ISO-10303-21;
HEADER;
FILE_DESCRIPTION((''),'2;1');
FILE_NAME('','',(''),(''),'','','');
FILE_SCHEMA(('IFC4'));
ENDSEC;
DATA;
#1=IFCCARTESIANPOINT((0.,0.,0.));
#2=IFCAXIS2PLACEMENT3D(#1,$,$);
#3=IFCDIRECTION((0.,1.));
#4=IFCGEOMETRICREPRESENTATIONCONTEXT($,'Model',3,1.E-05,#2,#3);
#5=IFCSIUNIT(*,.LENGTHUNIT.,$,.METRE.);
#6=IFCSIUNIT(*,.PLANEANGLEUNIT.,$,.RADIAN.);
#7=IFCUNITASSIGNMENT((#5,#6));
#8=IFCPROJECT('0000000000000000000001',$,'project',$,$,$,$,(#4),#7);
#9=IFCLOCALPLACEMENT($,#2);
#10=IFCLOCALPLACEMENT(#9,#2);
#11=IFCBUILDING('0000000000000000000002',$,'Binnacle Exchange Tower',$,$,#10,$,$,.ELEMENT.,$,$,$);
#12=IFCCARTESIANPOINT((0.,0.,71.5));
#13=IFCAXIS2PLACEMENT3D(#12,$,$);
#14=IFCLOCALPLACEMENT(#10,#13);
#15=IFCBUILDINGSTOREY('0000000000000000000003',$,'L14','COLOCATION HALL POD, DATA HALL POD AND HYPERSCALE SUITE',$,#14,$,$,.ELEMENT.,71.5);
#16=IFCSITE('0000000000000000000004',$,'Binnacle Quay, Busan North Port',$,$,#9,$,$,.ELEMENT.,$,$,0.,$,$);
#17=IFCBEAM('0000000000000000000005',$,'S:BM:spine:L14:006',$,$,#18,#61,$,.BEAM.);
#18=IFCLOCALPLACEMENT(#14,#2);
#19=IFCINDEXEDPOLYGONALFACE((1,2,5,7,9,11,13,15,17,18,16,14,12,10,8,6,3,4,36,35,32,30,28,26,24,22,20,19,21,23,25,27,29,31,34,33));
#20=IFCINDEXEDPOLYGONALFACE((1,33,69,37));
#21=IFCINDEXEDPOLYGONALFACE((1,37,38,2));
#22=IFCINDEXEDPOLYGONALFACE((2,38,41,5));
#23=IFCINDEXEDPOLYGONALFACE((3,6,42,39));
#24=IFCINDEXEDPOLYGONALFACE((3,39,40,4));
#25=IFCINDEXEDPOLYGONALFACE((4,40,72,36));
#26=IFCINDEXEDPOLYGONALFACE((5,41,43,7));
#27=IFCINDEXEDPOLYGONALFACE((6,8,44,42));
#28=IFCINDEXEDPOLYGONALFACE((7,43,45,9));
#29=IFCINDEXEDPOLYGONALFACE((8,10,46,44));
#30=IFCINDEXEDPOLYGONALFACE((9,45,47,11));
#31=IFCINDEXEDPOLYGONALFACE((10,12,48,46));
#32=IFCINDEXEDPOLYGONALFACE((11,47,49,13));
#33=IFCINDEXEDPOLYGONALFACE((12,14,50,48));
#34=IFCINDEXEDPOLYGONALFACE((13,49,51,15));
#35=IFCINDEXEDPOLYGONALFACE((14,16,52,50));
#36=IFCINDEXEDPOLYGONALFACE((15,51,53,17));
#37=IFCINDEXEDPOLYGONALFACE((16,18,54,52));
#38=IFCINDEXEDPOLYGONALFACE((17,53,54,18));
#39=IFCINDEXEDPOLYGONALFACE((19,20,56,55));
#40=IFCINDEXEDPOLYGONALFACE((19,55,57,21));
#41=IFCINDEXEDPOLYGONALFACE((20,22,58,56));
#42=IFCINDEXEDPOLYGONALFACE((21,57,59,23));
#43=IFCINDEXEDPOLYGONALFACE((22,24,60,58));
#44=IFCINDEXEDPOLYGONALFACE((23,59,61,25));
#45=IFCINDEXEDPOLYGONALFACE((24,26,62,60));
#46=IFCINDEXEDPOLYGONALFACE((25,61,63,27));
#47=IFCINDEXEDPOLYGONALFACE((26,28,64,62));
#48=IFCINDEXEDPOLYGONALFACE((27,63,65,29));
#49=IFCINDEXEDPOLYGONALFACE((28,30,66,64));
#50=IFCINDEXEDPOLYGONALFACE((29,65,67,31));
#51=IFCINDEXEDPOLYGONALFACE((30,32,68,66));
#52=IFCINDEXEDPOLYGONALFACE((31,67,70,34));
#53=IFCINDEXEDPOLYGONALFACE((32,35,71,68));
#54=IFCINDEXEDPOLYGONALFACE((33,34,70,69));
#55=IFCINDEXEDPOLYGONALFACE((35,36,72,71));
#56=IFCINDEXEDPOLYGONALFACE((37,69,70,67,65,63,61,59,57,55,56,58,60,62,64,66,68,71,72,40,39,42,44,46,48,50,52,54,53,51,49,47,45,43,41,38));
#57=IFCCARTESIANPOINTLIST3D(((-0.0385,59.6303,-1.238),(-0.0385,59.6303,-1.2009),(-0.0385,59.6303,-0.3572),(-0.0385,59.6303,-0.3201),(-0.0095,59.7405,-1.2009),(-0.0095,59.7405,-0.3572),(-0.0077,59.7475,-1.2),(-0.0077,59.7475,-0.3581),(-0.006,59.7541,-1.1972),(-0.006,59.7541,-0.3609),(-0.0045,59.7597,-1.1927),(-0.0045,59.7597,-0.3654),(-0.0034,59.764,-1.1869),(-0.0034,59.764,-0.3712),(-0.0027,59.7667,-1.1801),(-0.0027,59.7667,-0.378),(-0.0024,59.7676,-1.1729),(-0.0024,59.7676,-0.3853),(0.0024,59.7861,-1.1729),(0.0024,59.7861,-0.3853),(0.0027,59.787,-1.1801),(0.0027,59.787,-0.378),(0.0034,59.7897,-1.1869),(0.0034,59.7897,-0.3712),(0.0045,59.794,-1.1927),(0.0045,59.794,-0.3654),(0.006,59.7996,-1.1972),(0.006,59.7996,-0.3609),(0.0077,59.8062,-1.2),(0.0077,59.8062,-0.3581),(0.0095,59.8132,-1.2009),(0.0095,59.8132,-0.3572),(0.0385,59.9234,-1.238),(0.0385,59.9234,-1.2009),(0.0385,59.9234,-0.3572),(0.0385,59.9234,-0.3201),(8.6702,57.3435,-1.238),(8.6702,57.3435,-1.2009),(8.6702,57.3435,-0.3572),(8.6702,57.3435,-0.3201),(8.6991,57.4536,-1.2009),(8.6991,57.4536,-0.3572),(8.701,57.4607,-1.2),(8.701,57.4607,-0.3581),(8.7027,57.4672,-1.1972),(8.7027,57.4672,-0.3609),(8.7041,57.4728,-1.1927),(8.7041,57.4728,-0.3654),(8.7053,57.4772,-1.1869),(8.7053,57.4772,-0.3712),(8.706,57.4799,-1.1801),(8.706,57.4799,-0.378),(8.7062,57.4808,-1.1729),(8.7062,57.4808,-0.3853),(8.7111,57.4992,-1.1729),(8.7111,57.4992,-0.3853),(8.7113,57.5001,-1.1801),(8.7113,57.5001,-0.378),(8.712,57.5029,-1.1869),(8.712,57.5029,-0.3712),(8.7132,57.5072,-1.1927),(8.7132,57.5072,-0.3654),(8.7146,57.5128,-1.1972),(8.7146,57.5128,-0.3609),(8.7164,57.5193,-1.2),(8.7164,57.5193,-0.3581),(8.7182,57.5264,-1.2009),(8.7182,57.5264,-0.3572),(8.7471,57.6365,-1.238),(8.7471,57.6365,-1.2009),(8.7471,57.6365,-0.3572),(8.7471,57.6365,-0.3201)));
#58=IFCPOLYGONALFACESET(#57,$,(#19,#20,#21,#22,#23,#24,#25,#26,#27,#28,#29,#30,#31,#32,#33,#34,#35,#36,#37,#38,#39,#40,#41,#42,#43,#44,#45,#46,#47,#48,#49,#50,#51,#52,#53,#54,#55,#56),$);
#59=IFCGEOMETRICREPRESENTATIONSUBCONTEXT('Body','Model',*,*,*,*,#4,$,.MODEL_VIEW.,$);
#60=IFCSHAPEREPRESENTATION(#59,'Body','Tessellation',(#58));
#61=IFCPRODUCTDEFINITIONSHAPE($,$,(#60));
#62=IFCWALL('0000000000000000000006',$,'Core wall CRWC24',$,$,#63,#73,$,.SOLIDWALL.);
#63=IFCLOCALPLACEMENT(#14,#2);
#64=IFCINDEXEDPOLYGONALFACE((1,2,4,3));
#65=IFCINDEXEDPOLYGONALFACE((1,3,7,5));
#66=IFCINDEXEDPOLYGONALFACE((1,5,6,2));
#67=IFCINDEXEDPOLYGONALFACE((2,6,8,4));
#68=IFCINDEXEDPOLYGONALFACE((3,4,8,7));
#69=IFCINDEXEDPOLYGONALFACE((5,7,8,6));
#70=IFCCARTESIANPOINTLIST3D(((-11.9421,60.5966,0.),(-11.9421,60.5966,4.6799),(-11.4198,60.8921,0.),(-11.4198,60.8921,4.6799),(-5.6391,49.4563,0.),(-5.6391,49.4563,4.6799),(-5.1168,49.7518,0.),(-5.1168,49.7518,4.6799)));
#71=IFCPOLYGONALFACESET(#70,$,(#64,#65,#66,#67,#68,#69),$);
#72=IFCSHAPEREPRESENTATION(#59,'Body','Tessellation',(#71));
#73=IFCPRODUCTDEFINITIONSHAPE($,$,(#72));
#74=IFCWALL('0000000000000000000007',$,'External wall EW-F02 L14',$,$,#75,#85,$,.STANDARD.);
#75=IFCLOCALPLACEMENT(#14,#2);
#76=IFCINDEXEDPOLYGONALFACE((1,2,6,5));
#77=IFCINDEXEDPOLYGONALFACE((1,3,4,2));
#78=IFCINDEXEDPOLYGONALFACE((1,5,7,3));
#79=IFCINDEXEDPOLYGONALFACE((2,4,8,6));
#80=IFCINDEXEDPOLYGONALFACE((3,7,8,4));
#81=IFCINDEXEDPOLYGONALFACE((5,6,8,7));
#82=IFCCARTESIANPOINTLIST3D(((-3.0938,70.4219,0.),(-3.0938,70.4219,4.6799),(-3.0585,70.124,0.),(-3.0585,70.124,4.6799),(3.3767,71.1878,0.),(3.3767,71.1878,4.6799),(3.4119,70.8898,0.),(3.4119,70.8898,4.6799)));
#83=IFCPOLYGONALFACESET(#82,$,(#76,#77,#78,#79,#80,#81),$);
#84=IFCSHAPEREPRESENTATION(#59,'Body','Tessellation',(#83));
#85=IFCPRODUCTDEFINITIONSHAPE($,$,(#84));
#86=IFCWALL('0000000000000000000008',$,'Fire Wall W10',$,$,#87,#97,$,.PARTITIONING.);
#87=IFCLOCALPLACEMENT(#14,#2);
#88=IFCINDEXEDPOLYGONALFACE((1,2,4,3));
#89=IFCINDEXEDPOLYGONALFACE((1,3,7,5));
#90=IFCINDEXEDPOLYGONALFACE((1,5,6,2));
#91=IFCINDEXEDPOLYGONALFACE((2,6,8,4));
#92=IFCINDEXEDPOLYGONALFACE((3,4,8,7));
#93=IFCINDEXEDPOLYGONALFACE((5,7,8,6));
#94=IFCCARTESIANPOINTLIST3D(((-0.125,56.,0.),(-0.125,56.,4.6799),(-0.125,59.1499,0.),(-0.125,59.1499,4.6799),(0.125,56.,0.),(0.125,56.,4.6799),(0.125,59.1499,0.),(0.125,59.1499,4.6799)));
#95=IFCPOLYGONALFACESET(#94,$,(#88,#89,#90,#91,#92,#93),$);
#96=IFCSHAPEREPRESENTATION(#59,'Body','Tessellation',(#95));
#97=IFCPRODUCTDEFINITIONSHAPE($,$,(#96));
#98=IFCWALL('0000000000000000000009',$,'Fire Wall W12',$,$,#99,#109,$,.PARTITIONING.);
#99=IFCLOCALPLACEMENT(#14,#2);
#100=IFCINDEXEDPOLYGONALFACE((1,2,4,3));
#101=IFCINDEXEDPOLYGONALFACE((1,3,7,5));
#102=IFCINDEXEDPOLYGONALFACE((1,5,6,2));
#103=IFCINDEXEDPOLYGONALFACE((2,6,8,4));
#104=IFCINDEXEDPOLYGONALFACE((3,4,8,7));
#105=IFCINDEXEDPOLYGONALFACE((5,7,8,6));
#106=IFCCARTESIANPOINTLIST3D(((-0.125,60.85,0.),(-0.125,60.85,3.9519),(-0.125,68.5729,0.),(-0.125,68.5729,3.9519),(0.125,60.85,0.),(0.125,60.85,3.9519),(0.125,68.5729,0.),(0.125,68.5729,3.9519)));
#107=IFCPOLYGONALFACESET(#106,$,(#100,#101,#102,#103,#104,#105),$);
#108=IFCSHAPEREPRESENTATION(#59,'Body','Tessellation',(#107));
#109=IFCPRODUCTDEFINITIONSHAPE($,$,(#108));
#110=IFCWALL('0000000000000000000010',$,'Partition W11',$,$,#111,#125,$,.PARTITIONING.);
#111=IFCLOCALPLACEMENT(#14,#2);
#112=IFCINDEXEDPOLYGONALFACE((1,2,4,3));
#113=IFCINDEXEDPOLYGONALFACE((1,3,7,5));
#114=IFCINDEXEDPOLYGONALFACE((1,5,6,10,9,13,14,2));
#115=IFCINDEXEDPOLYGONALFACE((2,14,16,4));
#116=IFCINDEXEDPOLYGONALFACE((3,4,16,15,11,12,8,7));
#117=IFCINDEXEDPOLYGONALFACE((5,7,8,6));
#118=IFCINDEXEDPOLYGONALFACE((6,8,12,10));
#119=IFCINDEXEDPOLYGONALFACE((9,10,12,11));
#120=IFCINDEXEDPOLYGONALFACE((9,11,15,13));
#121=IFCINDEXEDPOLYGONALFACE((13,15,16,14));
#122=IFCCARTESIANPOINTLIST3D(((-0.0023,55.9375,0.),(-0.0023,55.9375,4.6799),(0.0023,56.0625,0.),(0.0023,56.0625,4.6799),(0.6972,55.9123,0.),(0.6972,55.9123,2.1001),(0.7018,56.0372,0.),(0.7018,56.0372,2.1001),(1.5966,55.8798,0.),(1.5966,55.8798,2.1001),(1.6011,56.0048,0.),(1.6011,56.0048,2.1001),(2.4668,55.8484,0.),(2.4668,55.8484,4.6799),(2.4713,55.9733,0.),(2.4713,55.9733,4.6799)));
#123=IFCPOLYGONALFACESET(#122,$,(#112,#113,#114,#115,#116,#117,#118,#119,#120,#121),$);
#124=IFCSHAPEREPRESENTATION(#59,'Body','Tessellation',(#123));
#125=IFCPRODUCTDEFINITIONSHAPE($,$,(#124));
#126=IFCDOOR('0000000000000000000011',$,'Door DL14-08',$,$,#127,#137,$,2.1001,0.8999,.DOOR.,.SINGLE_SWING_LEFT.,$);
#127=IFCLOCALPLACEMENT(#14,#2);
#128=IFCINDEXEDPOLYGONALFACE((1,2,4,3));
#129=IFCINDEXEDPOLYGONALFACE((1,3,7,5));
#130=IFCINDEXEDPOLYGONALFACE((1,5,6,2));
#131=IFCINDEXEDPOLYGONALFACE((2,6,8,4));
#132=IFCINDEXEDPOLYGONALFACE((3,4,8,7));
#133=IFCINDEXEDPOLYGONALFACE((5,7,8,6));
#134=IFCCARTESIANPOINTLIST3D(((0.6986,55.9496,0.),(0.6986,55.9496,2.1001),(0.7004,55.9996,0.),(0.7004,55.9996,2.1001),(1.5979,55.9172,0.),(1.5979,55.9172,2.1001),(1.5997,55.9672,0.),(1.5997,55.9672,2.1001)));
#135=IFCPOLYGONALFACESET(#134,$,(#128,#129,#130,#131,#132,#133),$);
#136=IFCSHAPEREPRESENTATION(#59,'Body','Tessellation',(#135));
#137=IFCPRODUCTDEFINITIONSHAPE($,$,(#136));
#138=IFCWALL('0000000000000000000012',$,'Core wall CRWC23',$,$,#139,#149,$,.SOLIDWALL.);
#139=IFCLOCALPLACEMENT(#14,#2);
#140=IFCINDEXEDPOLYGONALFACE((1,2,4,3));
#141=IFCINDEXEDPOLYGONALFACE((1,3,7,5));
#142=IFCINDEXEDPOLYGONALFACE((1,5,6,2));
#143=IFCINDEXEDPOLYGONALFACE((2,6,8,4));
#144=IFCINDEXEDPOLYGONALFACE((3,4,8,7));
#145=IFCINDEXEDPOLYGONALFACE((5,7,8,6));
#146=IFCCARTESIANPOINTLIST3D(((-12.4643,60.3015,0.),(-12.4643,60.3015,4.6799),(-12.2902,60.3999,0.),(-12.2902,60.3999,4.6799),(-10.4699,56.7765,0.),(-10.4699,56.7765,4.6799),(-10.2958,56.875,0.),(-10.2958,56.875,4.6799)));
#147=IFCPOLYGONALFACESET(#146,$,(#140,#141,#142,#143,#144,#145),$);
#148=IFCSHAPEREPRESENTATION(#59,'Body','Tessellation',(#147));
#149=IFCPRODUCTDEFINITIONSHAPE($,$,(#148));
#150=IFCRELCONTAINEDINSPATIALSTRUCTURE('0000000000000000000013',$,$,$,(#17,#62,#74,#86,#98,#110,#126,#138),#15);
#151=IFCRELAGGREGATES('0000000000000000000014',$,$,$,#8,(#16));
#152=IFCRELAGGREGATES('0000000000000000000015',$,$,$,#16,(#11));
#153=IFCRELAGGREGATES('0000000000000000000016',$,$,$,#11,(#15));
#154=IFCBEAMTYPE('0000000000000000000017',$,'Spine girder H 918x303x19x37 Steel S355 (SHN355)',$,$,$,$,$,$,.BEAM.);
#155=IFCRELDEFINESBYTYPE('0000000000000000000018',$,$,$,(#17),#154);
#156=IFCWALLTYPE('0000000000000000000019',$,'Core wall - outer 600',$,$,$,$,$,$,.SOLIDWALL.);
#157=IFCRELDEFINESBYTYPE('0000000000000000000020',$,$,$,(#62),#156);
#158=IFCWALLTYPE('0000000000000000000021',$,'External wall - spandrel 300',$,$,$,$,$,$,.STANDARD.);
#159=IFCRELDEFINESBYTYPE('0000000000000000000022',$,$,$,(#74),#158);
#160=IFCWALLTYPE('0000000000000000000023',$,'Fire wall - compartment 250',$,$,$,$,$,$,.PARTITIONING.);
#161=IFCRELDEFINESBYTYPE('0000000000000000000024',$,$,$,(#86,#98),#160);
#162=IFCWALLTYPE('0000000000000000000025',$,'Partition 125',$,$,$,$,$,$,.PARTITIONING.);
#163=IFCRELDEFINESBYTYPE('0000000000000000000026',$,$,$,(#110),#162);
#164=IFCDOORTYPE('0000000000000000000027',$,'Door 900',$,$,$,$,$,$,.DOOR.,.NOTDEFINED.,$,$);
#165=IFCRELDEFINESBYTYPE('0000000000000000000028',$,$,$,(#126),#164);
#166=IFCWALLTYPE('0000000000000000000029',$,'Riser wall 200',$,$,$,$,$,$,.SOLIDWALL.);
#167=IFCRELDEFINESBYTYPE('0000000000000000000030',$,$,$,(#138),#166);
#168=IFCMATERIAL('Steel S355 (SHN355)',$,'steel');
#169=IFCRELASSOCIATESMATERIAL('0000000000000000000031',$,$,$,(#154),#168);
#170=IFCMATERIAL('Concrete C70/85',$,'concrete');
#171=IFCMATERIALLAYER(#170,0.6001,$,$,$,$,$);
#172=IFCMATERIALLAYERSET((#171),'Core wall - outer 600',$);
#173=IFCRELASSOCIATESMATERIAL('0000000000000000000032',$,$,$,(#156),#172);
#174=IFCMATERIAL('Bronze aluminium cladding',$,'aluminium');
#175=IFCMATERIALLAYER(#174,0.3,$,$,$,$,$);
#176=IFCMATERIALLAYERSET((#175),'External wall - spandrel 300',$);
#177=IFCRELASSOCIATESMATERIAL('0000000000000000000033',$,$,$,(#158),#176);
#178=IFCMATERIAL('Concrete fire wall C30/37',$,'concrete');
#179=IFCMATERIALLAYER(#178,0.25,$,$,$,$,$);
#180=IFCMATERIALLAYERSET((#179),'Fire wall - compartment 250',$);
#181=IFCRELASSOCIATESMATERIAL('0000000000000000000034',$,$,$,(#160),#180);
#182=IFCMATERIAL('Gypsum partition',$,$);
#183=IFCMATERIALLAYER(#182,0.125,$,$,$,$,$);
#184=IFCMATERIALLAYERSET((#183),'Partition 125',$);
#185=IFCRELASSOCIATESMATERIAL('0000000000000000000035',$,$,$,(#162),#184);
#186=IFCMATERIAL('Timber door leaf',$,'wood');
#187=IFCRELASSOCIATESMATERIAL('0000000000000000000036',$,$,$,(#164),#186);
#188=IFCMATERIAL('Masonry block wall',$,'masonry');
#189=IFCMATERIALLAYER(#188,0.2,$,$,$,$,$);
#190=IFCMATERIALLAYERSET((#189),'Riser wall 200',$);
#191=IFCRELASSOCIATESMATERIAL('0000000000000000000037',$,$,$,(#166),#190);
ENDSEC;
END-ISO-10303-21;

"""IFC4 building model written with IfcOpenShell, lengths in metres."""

from ifc_helpers import new_model, si_unit, direction, frame, frame_2d, origin, origin_2d, place, context, subcontext, project, spatial, rectangle, i_section, extrude, material, layer, layer_set, material_profile, profile_set, type_object, element, fill, save


model = new_model("IFC4")

# Units and contexts
model_context = context("Model", 3, precision=1e-05, world=origin(), true_north=direction((0.0, 1.0)))
body_context = subcontext(model_context, "Body", "Model", "MODEL_VIEW")
ifc_project = project(units=[si_unit("LENGTHUNIT", "METRE"), si_unit("PLANEANGLEUNIT", "RADIAN")], contexts=[model_context])

# Site, building, storey
site_placement = place(None, origin())
site = spatial("IfcSite", under=ifc_project, at=site_placement, Name="Binnacle Quay, Busan North Port", CompositionType="ELEMENT", RefElevation=0.0)
building_placement = place(site_placement, origin())
building = spatial("IfcBuilding", under=site, at=building_placement, Name="Binnacle Exchange Tower", CompositionType="ELEMENT")
storey_placement = place(building_placement, frame((0.0, 0.0, 71.5)))
storey = spatial("IfcBuildingStorey", under=building, at=storey_placement, Name="L14", Description="COLOCATION HALL POD, DATA HALL POD AND HYPERSCALE SUITE", CompositionType="ELEMENT", Elevation=71.5)

# Shared definitions
ifc_material_1 = material(Name="Concrete C70/85", Category="concrete")

# Beam
ifc_material_2 = material(Name="Steel S355 (SHN355)", Category="steel")
ifc_material_profile_1 = material_profile(ifc_material_2, i_section(OverallWidth=0.303, OverallDepth=0.918, WebThickness=0.019, FlangeThickness=0.0371, FilletRadius=0.0281, at=origin_2d()), Name="H 918x303x19x37")
ifc_profile_set_1 = profile_set([ifc_material_profile_1], Name="Steel S355 (SHN355)")
beam_type_1 = type_object("IfcBeamType", Name="Spine girder H 918x303x19x37 Steel S355 (SHN355)", PredefinedType="BEAM", material=ifc_profile_set_1)
beam_1_placement = place(storey_placement, frame((0.0, 59.7769, -0.7791), z_axis=(0.967209, -0.253983, 0.0), x_axis=(0.253983, 0.967209, 0.0)))
element("IfcBeam", 1, at=beam_1_placement, inside=storey, type_object=beam_type_1, Name="S:BM:spine:L14:006", PredefinedType="BEAM", context=body_context, shape_type="SweptSolid", body=[
    extrude(i_section(OverallWidth=0.303, OverallDepth=0.918, WebThickness=0.019, FlangeThickness=0.0371, FilletRadius=0.0281, at=origin_2d()), origin(), (0.0, 0.0, 1.0), 9.0039),
])

# Walls
ifc_layer_1 = layer(ifc_material_1, 0.6001)
ifc_layer_set_1 = layer_set([ifc_layer_1], Name="Core wall - outer 600")
wall_type_1 = type_object("IfcWallType", Name="Core wall - outer 600", PredefinedType="SOLIDWALL", material=ifc_layer_set_1)
wall_1_placement = place(storey_placement, frame((-11.6809, 60.7444, 0.0), z_axis=(0.0, 0.0, 1.0), x_axis=(0.492427, -0.870354, 0.0)))
element("IfcWall", 2, at=wall_1_placement, inside=storey, type_object=wall_type_1, Name="Core wall CRWC24", PredefinedType="SOLIDWALL", context=body_context, shape_type="SweptSolid", body=[
    extrude(rectangle(XDim=12.7998, YDim=0.6001, at=frame_2d((6.3999, 0.0))), origin(), (0.0, 0.0, 1.0), 4.6799),
])
ifc_material_3 = material(Name="Bronze aluminium cladding", Category="aluminium")
ifc_layer_2 = layer(ifc_material_3, 0.3)
ifc_layer_set_2 = layer_set([ifc_layer_2], Name="External wall - spandrel 300")
wall_type_2 = type_object("IfcWallType", Name="External wall - spandrel 300", PredefinedType="STANDARD", material=ifc_layer_set_2)
wall_2_placement = place(storey_placement, frame((-3.0762, 70.2729, 0.0), z_axis=(0.0, 0.0, 1.0), x_axis=(0.993068, 0.117543, 0.0)))
element("IfcWall", 3, at=wall_2_placement, inside=storey, type_object=wall_type_2, Name="External wall EW-F02 L14", PredefinedType="STANDARD", context=body_context, shape_type="SweptSolid", body=[
    extrude(rectangle(XDim=6.5156, YDim=0.3, at=frame_2d((3.2578, 0.0))), origin(), (0.0, 0.0, 1.0), 4.6799),
])
ifc_material_4 = material(Name="Concrete fire wall C30/37", Category="concrete")
ifc_layer_3 = layer(ifc_material_4, 0.25)
ifc_layer_set_3 = layer_set([ifc_layer_3], Name="Fire wall - compartment 250")
wall_type_3 = type_object("IfcWallType", Name="Fire wall - compartment 250", PredefinedType="PARTITIONING", material=ifc_layer_set_3)
wall_3_placement = place(storey_placement, frame((0.0, 56.0, 0.0), z_axis=(0.0, 0.0, 1.0), x_axis=(0.0, 1.0, 0.0)))
element("IfcWall", 4, at=wall_3_placement, inside=storey, type_object=wall_type_3, Name="Fire Wall W10", PredefinedType="PARTITIONING", context=body_context, shape_type="SweptSolid", body=[
    extrude(rectangle(XDim=3.1499, YDim=0.25, at=frame_2d((1.575, 0.0))), origin(), (0.0, 0.0, 1.0), 4.6799),
])
wall_4_placement = place(storey_placement, frame((0.0, 60.8501, 0.0), z_axis=(0.0, 0.0, 1.0), x_axis=(0.0, 1.0, 0.0)))
element("IfcWall", 5, at=wall_4_placement, inside=storey, type_object=wall_type_3, Name="Fire Wall W12", PredefinedType="PARTITIONING", context=body_context, shape_type="SweptSolid", body=[
    extrude(rectangle(XDim=7.7229, YDim=0.25, at=frame_2d((3.8613, 0.0))), origin(), (0.0, 0.0, 1.0), 3.9519),
])

# Wall, opening, door
ifc_material_5 = material(Name="Gypsum partition")
ifc_layer_4 = layer(ifc_material_5, 0.125)
ifc_layer_set_4 = layer_set([ifc_layer_4], Name="Partition 125")
wall_type_4 = type_object("IfcWallType", Name="Partition 125", PredefinedType="PARTITIONING", material=ifc_layer_set_4)
wall_5_placement = place(storey_placement, frame((0.0, 56.0, 0.0), z_axis=(0.0, 0.0, 1.0), x_axis=(0.999349, -0.036069, 0.0)))
wall_5 = element("IfcWall", 6, at=wall_5_placement, inside=storey, type_object=wall_type_4, Name="Partition W11", PredefinedType="PARTITIONING", context=body_context, shape_type="SweptSolid", body=[
    extrude(rectangle(XDim=2.4707, YDim=0.125, at=frame_2d((1.2354, 0.0))), origin(), (0.0, 0.0, 1.0), 4.6799),
])
opening_placement = place(wall_5_placement, frame((0.7, 0.0, 0.0)))
opening = element("IfcOpeningElement", 7, at=opening_placement, cuts=wall_5, PredefinedType="OPENING", context=body_context, shape_type="SweptSolid", body=[
    extrude(rectangle(XDim=0.8999, YDim=2.1001, at=frame_2d((0.45, 1.05))), frame((0.0, 0.0725, 0.0), z_axis=(0.0, -1.0, 0.0), x_axis=(1.0, 0.0, 0.0)), (0.0, 0.0, 1.0), 0.145),
])
ifc_material_6 = material(Name="Timber door leaf", Category="wood")
door_type = type_object("IfcDoorType", Name="Door 900", OperationType="NOTDEFINED", PredefinedType="DOOR", material=ifc_material_6)
door_placement = place(opening_placement, origin())
door = element("IfcDoor", 8, at=door_placement, inside=storey, type_object=door_type, Name="Door DL14-08", OperationType="SINGLE_SWING_LEFT", OverallHeight=2.1001, OverallWidth=0.8999, PredefinedType="DOOR", context=body_context, shape_type="SweptSolid", body=[
    extrude(rectangle(XDim=0.8999, YDim=2.1001, at=frame_2d((0.45, 1.05))), frame((0.0, 0.0249, 0.0), z_axis=(0.0, -1.0, 0.0), x_axis=(1.0, 0.0, 0.0)), (0.0, 0.0, 1.0), 0.05),
])
fill(opening, door)

# Wall
ifc_material_7 = material(Name="Masonry block wall", Category="masonry")
ifc_layer_5 = layer(ifc_material_7, 0.2)
ifc_layer_set_5 = layer_set([ifc_layer_5], Name="Riser wall 200")
wall_type_5 = type_object("IfcWallType", Name="Riser wall 200", PredefinedType="SOLIDWALL", material=ifc_layer_set_5)
wall_6_placement = place(storey_placement, frame((-12.3772, 60.3506, 0.0), z_axis=(0.0, 0.0, 1.0), x_axis=(0.492441, -0.870346, 0.0)))
element("IfcWall", 9, at=wall_6_placement, inside=storey, type_object=wall_type_5, Name="Core wall CRWC23", PredefinedType="SOLIDWALL", context=body_context, shape_type="SweptSolid", body=[
    extrude(rectangle(XDim=4.05, YDim=0.2, at=frame_2d((2.0249, 0.0))), origin(), (0.0, 0.0, 1.0), 4.6799),
])

save(model, "model.ifc")
